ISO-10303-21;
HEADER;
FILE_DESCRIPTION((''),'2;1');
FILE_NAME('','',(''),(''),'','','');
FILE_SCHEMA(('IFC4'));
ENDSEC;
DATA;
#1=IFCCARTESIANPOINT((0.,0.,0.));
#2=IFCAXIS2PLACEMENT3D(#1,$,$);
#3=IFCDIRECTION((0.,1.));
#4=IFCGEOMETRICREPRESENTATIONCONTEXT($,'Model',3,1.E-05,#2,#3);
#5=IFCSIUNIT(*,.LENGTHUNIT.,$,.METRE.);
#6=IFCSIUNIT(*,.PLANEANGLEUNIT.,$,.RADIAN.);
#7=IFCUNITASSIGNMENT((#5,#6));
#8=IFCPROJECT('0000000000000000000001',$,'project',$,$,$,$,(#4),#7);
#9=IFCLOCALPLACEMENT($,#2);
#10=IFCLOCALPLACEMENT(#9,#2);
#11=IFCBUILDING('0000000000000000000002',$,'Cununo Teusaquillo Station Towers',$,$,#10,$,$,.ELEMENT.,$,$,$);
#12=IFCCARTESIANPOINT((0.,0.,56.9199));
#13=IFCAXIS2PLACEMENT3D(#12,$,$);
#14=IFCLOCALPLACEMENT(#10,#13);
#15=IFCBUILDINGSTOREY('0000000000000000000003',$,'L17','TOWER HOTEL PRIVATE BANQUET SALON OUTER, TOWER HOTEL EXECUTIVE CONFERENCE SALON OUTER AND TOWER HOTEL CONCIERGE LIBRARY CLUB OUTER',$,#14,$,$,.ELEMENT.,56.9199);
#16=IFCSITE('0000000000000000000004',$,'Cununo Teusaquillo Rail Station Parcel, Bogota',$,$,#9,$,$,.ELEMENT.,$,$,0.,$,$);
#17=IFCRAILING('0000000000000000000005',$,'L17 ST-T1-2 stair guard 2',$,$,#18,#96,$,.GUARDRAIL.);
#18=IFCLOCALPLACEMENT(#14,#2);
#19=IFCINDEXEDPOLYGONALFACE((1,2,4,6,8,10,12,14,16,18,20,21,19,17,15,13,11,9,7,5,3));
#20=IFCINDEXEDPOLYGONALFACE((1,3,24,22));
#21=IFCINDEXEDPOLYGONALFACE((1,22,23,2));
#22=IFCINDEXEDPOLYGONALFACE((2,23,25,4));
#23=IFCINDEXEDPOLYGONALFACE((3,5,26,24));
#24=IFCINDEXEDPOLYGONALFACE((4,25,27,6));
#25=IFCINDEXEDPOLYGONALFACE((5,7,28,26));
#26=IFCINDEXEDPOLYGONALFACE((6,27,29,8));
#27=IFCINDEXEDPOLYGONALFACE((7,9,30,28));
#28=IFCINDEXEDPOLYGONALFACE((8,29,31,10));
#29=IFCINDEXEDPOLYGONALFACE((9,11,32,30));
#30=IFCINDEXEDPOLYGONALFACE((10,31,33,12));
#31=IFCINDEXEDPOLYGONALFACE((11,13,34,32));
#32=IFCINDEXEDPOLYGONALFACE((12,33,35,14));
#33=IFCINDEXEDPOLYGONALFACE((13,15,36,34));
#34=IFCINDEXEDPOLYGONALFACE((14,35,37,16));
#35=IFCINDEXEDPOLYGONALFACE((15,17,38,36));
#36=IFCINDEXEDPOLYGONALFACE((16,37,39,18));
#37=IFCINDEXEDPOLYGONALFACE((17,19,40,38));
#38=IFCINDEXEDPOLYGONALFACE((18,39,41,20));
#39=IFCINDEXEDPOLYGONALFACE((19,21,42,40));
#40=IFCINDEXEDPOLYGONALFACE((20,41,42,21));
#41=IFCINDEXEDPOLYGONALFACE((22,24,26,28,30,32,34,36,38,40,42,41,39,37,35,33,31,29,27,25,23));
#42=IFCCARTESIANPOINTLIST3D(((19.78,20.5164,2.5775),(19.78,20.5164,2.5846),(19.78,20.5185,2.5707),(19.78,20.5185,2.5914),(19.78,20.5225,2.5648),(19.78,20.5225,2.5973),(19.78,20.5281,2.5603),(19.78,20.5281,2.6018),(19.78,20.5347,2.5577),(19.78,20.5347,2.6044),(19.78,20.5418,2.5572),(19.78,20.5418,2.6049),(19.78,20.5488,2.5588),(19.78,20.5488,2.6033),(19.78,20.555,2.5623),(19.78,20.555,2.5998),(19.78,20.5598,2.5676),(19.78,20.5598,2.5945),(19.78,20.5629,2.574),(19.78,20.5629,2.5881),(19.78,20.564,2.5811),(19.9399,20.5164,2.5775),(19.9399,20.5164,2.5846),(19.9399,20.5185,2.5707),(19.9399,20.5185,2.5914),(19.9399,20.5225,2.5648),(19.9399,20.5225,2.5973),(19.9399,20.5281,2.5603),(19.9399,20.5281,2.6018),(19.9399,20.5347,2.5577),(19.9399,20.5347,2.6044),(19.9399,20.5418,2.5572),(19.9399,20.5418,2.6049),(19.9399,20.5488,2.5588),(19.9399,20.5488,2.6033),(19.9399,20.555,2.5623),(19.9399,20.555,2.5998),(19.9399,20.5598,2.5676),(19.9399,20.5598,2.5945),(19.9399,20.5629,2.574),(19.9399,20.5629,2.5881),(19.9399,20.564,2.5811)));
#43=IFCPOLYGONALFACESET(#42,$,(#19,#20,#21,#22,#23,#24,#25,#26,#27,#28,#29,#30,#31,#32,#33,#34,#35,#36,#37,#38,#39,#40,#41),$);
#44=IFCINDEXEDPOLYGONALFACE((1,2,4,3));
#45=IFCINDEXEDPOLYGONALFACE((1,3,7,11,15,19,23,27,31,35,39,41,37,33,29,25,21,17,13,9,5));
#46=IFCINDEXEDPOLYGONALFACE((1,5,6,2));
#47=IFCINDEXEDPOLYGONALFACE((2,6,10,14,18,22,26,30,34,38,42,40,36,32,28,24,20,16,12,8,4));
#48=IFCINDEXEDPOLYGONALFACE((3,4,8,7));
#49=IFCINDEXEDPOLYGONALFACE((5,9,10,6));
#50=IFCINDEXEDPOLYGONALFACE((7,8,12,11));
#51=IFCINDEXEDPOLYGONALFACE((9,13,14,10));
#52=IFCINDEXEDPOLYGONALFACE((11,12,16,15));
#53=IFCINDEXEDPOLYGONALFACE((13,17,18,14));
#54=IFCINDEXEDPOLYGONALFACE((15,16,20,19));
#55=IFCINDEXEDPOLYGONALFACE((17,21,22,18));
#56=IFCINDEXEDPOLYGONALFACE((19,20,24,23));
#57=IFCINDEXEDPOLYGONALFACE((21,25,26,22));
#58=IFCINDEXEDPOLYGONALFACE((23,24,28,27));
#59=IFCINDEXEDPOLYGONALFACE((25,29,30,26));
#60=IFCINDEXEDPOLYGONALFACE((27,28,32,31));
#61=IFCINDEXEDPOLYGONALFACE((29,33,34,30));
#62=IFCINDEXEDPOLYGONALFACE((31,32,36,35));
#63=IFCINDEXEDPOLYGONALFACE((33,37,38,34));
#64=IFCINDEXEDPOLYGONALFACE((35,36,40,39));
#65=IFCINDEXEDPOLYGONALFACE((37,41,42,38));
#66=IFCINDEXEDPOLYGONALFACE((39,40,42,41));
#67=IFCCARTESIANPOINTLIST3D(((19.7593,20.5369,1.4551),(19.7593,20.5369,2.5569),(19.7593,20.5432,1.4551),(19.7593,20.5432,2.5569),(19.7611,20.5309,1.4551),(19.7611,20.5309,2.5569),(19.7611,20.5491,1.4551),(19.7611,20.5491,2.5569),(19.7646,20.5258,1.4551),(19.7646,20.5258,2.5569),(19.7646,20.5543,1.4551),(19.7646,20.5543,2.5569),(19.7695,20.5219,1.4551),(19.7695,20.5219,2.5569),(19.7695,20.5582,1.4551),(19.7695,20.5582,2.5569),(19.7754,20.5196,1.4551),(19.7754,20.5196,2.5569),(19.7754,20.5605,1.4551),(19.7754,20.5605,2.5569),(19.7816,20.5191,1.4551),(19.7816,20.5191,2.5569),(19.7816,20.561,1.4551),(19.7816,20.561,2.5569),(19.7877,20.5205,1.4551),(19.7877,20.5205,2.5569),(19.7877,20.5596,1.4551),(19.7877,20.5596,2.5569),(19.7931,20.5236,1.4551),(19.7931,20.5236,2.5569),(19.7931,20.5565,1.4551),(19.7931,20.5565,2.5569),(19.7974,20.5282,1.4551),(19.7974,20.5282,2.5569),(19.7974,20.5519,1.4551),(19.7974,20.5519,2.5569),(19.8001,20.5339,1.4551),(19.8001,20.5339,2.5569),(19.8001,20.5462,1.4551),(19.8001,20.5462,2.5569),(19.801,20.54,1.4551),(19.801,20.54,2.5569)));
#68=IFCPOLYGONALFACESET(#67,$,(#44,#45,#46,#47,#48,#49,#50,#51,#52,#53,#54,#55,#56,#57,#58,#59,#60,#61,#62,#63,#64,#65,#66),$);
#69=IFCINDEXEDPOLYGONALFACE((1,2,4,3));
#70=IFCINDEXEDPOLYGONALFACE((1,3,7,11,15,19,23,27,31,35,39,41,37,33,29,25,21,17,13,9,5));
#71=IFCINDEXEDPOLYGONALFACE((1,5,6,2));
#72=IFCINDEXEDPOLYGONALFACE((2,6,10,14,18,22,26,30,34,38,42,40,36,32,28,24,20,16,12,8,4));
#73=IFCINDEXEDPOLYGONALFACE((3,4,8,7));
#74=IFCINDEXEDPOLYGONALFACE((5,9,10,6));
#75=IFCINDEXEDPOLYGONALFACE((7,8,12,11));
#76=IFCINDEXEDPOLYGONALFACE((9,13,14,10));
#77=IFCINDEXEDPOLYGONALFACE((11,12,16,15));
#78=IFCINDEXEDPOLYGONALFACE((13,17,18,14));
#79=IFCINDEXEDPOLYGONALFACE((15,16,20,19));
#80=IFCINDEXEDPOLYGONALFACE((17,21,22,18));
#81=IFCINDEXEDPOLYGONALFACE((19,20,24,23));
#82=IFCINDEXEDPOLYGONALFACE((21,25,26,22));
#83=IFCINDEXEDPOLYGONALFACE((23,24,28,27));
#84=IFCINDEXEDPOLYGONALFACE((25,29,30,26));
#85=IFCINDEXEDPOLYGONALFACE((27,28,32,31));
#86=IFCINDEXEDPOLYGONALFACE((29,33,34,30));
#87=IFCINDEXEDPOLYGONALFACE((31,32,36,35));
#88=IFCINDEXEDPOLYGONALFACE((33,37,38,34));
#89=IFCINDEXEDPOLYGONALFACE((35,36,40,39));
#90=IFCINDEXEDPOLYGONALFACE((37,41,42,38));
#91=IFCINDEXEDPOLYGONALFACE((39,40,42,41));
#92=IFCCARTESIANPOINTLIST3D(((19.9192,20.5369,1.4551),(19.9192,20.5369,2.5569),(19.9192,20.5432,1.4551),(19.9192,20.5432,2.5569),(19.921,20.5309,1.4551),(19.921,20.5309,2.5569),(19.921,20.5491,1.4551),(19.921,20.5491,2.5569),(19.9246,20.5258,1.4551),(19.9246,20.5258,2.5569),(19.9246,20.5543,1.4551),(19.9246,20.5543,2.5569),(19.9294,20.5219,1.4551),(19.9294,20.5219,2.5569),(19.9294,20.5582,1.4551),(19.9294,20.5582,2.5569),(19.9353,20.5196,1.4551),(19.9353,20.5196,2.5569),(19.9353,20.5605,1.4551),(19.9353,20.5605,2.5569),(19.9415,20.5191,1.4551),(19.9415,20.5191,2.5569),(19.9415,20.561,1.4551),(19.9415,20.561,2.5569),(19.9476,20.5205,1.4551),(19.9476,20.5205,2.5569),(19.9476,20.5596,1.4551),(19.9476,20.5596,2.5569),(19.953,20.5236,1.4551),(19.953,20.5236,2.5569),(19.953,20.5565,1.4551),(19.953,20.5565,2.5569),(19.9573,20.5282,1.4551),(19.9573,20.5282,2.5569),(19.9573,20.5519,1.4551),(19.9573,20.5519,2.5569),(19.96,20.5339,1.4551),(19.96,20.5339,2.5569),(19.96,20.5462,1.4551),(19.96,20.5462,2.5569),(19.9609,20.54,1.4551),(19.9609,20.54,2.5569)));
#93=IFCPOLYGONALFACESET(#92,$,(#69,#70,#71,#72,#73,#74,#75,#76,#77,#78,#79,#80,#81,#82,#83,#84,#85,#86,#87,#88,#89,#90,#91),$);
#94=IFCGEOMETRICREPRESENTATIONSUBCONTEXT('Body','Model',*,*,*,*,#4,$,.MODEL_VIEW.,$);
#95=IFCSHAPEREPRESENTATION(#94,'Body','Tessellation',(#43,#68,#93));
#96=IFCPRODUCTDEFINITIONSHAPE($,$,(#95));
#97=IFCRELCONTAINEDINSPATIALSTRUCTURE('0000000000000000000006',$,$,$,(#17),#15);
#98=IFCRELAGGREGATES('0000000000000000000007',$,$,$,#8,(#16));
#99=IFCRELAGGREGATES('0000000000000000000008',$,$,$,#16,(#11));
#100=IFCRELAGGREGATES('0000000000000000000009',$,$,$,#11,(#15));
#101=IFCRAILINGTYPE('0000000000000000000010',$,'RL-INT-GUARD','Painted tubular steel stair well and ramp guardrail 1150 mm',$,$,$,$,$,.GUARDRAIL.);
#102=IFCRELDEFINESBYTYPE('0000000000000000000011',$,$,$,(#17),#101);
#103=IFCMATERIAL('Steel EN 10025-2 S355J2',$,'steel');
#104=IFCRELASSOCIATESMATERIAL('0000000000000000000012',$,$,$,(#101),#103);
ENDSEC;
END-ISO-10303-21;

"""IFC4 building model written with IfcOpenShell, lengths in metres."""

from ifc_helpers import new_model, si_unit, direction, frame, origin, origin_2d, place, context, subcontext, project, spatial, circle, extrude, material, type_object, element, save


model = new_model("IFC4")

# Units and contexts
model_context = context("Model", 3, precision=1e-05, world=origin(), true_north=direction((0.0, 1.0)))
body_context = subcontext(model_context, "Body", "Model", "MODEL_VIEW")
ifc_project = project(units=[si_unit("LENGTHUNIT", "METRE"), si_unit("PLANEANGLEUNIT", "RADIAN")], contexts=[model_context])

# Site, building, storey
site_placement = place(None, origin())
site = spatial("IfcSite", under=ifc_project, at=site_placement, Name="Cununo Teusaquillo Rail Station Parcel, Bogota", CompositionType="ELEMENT", RefElevation=0.0)
building_placement = place(site_placement, origin())
building = spatial("IfcBuilding", under=site, at=building_placement, Name="Cununo Teusaquillo Station Towers", CompositionType="ELEMENT")
storey_placement = place(building_placement, frame((0.0, 0.0, 56.9199)))
storey = spatial("IfcBuildingStorey", under=building, at=storey_placement, Name="L17", Description="TOWER HOTEL PRIVATE BANQUET SALON OUTER, TOWER HOTEL EXECUTIVE CONFERENCE SALON OUTER AND TOWER HOTEL CONCIERGE LIBRARY CLUB OUTER", CompositionType="ELEMENT", Elevation=56.9199)

# Railing
ifc_material_1 = material(Name="Steel EN 10025-2 S355J2", Category="steel")
railing_type_1 = type_object("IfcRailingType", Name="RL-INT-GUARD", Description="Painted tubular steel stair well and ramp guardrail 1150 mm", PredefinedType="GUARDRAIL", material=ifc_material_1)
railing_1_placement = place(storey_placement, frame((19.78, 20.54, 1.4551)))
element("IfcRailing", 1, at=railing_1_placement, inside=storey, type_object=railing_type_1, Name="L17 ST-T1-2 stair guard 2", PredefinedType="GUARDRAIL", context=body_context, shape_type="SweptSolid", body=[
    extrude(circle(Radius=0.0239, at=origin_2d()), frame((0.0, 0.0, 1.126), z_axis=(1.0, 0.0, 0.0), x_axis=(0.0, 1.0, 0.0)), (0.0, 0.0, 1.0), 0.1599),
    extrude(circle(Radius=0.021, at=origin_2d()), origin(), (0.0, 0.0, 1.0), 1.1018),
    extrude(circle(Radius=0.021, at=origin_2d()), frame((0.1599, 0.0, 0.0)), (0.0, 0.0, 1.0), 1.1018),
])

save(model, "model.ifc")
